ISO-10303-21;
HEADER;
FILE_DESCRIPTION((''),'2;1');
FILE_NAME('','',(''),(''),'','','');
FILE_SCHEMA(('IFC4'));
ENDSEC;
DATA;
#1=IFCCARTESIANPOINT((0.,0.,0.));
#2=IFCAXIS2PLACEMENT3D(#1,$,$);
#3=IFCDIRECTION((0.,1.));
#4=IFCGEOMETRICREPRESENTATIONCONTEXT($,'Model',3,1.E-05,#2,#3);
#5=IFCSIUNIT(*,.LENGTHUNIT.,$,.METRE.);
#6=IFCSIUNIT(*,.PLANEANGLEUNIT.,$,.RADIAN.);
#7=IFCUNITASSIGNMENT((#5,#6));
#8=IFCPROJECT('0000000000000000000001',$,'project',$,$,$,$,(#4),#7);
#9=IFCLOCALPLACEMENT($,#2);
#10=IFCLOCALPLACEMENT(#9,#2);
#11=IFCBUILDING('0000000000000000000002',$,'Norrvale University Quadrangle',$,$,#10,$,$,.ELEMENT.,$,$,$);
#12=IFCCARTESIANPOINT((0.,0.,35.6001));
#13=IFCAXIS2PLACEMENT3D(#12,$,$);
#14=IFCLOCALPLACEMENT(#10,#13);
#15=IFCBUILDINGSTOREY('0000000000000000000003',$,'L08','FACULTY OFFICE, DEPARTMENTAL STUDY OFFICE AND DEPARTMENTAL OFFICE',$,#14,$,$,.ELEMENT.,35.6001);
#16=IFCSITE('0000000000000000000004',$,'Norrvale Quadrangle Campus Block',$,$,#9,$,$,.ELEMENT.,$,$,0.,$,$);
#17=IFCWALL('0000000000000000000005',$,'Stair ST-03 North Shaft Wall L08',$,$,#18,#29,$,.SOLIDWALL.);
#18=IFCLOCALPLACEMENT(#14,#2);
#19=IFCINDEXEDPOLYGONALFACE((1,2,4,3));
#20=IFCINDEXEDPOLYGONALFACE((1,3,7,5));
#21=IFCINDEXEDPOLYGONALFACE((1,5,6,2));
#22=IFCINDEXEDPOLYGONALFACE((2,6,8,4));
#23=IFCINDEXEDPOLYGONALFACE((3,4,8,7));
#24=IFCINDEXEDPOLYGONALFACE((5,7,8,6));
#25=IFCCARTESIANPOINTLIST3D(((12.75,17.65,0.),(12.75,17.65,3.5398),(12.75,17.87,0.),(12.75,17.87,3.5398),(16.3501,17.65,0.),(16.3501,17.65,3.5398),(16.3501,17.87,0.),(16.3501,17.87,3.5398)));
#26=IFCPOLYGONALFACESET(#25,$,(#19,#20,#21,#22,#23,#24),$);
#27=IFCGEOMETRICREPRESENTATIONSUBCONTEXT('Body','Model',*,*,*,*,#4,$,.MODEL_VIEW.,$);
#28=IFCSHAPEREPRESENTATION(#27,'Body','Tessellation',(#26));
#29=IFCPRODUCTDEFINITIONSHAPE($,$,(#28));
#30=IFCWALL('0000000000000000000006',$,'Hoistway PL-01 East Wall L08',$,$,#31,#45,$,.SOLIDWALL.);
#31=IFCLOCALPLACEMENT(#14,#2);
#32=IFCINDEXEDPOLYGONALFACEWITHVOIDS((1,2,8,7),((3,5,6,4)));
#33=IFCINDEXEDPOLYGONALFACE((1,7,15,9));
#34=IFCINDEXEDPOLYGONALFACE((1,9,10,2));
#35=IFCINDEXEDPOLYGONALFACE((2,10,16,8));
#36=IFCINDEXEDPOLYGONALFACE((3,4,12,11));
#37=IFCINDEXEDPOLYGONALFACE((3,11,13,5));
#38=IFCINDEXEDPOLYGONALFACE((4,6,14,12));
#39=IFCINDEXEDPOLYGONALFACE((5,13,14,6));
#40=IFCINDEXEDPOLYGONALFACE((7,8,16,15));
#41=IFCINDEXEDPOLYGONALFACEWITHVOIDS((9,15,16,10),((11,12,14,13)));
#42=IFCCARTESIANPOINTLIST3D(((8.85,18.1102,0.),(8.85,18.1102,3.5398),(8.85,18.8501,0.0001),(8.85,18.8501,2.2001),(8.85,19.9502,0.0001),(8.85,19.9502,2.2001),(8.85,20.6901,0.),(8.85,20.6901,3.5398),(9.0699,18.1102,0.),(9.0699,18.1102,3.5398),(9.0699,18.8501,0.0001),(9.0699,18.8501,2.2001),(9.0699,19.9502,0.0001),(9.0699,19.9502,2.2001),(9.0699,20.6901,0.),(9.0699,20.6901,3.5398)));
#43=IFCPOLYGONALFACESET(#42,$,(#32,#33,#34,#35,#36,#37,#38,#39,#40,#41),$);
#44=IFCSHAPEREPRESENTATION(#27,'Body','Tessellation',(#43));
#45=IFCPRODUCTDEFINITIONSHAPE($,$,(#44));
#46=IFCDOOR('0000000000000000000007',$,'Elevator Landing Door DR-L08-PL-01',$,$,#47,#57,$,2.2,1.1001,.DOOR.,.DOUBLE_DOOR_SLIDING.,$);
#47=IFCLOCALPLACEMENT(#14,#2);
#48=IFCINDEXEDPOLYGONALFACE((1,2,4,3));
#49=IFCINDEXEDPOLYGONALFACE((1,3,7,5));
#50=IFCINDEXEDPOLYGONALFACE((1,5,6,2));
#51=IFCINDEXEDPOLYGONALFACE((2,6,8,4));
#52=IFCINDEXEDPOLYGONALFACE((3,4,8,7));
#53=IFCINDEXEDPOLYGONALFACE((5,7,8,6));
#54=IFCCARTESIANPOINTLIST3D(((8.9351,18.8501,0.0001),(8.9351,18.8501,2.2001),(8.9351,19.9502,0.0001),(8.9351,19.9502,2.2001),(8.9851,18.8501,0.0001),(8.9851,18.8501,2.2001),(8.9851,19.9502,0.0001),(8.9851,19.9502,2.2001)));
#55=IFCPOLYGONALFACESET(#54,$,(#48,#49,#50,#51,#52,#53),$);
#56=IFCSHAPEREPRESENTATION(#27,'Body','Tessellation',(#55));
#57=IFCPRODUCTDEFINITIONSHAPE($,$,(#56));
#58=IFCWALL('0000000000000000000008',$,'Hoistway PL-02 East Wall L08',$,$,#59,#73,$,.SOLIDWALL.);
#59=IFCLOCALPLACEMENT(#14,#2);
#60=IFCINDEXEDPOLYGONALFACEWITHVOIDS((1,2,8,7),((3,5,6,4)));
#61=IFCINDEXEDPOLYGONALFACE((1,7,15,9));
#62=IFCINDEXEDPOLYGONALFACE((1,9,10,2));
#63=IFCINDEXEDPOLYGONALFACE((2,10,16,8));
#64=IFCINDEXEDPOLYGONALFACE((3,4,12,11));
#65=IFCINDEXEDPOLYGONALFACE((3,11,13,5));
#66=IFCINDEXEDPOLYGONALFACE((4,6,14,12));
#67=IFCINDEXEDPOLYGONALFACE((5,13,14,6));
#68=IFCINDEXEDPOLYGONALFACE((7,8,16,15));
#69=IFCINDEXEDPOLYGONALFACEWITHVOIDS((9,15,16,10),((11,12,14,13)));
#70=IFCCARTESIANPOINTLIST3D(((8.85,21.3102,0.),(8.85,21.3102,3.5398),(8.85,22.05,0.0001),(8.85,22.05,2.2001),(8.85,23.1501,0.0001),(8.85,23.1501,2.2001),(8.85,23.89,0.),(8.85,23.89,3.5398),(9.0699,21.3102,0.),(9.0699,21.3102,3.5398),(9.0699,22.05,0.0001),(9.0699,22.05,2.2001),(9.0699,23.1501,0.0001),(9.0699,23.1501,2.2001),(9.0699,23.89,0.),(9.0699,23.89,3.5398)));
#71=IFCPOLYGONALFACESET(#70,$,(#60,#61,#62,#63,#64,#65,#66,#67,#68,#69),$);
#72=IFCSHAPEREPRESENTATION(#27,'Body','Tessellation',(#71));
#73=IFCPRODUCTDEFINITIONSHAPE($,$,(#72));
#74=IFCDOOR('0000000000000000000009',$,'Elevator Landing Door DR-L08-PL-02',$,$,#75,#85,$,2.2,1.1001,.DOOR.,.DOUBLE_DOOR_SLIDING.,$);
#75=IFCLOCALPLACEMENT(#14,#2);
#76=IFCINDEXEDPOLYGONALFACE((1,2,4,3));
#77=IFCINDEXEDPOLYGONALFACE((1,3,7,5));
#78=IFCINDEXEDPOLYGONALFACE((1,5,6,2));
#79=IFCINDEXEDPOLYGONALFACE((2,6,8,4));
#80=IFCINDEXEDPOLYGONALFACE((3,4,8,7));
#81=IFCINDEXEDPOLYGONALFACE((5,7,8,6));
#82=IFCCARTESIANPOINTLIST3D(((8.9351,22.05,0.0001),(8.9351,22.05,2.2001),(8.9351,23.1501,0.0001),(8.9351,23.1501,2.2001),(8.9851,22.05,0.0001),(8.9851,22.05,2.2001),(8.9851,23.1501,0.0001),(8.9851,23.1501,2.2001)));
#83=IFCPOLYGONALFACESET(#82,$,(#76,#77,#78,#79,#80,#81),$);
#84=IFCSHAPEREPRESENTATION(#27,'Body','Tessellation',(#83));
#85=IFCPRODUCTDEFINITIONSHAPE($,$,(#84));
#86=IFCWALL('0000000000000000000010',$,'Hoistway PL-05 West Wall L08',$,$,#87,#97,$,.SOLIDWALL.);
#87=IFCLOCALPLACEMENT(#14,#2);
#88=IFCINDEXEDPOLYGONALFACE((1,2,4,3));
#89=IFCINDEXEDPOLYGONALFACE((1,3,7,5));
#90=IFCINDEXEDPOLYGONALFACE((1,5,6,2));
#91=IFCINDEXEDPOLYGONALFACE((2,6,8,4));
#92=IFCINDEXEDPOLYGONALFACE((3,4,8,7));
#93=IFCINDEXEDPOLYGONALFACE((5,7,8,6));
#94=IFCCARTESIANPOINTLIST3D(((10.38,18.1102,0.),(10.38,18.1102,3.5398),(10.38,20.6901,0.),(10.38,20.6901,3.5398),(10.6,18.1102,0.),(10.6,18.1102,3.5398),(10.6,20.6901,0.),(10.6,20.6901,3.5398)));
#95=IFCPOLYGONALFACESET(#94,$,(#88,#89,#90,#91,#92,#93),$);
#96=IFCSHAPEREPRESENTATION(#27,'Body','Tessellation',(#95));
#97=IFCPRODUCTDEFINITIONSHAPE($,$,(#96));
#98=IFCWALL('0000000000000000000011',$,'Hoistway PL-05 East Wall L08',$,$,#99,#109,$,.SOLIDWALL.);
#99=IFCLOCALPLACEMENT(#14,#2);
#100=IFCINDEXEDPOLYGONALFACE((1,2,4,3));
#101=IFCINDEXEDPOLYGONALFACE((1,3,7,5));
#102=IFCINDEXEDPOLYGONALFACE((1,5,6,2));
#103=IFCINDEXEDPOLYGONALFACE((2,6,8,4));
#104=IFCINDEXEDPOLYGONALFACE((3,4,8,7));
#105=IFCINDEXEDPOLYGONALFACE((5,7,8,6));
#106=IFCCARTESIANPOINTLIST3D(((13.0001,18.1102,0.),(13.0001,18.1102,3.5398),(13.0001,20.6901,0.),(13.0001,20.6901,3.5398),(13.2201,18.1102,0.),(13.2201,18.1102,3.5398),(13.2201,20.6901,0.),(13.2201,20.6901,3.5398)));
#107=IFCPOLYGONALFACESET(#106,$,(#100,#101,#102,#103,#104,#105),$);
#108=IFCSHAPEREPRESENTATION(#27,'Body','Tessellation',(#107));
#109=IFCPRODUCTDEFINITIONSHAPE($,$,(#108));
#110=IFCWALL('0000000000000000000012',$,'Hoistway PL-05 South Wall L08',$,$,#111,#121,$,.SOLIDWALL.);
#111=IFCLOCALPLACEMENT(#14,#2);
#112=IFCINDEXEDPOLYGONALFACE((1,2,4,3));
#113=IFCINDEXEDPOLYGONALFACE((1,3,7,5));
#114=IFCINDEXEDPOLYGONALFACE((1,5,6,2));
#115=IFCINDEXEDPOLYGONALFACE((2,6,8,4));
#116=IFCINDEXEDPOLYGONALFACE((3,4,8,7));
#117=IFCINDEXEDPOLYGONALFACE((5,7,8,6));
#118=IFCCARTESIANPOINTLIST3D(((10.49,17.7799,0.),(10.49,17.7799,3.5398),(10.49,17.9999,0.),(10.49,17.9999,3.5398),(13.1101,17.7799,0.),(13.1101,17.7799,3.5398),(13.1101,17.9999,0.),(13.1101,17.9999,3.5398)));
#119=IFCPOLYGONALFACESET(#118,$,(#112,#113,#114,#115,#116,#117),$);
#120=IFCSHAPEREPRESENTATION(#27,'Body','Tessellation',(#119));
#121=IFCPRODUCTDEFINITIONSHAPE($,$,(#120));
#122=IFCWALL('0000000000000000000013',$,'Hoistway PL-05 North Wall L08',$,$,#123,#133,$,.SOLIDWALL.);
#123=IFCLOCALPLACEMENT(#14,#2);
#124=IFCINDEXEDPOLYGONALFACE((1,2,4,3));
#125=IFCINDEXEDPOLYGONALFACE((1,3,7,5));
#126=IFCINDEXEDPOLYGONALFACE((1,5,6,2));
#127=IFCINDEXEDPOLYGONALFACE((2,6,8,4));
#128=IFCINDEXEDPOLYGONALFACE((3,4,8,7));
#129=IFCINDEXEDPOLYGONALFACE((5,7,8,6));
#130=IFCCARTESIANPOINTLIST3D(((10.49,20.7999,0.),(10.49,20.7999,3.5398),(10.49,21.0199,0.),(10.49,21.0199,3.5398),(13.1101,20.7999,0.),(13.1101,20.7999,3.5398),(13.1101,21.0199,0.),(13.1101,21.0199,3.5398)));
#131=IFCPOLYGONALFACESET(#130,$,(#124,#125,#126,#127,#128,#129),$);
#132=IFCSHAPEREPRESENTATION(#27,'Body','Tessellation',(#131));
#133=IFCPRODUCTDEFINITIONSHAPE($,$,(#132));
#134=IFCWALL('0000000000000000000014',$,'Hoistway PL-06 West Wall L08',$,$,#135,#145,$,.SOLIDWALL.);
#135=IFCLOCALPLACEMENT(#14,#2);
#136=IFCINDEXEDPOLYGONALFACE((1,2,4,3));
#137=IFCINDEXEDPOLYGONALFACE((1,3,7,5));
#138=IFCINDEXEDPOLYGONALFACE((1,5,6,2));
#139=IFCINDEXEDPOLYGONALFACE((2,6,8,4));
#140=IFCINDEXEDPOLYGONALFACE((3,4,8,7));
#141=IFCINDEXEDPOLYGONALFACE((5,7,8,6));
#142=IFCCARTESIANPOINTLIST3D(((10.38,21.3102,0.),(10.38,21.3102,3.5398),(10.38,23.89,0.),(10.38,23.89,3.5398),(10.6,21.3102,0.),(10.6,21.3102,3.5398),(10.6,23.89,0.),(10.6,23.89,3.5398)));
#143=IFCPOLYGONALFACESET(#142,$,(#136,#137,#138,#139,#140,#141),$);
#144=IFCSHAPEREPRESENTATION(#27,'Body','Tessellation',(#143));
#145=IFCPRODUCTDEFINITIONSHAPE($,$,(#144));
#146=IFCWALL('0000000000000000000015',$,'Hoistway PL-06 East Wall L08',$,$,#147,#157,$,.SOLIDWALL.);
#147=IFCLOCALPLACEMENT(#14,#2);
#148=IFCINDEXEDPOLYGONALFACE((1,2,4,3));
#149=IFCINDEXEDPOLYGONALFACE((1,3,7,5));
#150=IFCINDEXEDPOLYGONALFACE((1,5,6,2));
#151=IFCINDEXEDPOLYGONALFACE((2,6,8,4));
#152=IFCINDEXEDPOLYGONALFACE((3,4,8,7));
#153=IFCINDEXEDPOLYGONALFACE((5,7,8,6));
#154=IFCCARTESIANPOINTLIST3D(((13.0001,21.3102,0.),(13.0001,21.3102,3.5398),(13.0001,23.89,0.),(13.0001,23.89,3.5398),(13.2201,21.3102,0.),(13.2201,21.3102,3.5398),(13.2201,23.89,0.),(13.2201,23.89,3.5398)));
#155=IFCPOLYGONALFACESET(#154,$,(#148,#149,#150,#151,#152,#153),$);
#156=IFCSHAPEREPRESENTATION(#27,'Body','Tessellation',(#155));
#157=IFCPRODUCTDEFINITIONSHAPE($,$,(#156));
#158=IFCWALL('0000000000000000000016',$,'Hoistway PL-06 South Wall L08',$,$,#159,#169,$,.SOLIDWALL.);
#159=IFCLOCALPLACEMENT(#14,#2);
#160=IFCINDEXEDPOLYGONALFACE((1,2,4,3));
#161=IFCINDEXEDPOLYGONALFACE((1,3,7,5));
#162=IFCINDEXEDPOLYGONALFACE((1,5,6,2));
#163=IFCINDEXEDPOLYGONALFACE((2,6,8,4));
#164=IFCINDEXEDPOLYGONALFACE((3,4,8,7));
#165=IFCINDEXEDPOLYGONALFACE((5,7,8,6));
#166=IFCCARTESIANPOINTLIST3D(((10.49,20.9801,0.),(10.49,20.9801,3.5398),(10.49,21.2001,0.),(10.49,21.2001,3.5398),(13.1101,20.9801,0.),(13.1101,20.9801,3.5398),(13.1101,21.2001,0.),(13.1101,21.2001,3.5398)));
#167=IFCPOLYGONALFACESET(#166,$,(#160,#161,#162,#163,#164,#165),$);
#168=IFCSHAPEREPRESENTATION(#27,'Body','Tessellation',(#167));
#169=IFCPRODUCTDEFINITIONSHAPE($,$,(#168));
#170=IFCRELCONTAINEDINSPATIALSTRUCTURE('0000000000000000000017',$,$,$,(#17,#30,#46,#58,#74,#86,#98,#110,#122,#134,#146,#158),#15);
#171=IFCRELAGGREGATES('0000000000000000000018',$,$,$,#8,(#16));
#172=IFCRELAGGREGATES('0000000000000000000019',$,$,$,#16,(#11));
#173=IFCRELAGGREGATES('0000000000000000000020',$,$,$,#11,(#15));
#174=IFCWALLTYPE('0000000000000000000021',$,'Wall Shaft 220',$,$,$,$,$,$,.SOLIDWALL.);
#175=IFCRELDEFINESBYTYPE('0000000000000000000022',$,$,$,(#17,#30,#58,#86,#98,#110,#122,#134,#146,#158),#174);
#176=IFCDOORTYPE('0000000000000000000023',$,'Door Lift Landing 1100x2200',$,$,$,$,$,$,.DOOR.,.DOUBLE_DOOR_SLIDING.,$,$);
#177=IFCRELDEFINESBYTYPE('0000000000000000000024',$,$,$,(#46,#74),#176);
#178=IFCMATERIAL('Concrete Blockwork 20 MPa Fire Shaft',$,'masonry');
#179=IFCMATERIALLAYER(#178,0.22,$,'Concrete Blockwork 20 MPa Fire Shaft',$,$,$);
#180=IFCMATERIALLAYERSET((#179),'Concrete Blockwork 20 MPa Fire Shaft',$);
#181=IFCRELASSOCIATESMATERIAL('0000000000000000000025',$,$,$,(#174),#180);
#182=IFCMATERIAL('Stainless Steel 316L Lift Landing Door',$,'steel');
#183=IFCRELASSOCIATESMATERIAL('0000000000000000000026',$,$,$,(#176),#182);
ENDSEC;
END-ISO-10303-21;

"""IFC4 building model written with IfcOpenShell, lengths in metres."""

from ifc_helpers import new_model, si_unit, direction, frame, frame_2d, origin, place, context, subcontext, project, spatial, rectangle, extrude, material, layer, layer_set, type_object, element, fill, save


model = new_model("IFC4")

# Units and contexts
model_context = context("Model", 3, precision=1e-05, world=origin(), true_north=direction((0.0, 1.0)))
body_context = subcontext(model_context, "Body", "Model", "MODEL_VIEW")
ifc_project = project(units=[si_unit("LENGTHUNIT", "METRE"), si_unit("PLANEANGLEUNIT", "RADIAN")], contexts=[model_context])

# Site, building, storey
site_placement = place(None, origin())
site = spatial("IfcSite", under=ifc_project, at=site_placement, Name="Norrvale Quadrangle Campus Block", CompositionType="ELEMENT", RefElevation=0.0)
building_placement = place(site_placement, origin())
building = spatial("IfcBuilding", under=site, at=building_placement, Name="Norrvale University Quadrangle", CompositionType="ELEMENT")
storey_placement = place(building_placement, frame((0.0, 0.0, 35.6001)))
storey = spatial("IfcBuildingStorey", under=building, at=storey_placement, Name="L08", Description="FACULTY OFFICE, DEPARTMENTAL STUDY OFFICE AND DEPARTMENTAL OFFICE", CompositionType="ELEMENT", Elevation=35.6001)

# Wall
ifc_material_1 = material(Name="Concrete Blockwork 20 MPa Fire Shaft", Category="masonry")
ifc_layer_1 = layer(ifc_material_1, 0.22, Name="Concrete Blockwork 20 MPa Fire Shaft")
ifc_layer_set_1 = layer_set([ifc_layer_1], Name="Concrete Blockwork 20 MPa Fire Shaft")
wall_type_1 = type_object("IfcWallType", Name="Wall Shaft 220", PredefinedType="SOLIDWALL", material=ifc_layer_set_1)
wall_1_placement = place(storey_placement, frame((12.75, 17.76, 0.0), z_axis=(0.0, 0.0, 1.0), x_axis=(1.0, 0.0, 0.0)))
element("IfcWall", 1, at=wall_1_placement, inside=storey, type_object=wall_type_1, Name="Stair ST-03 North Shaft Wall L08", PredefinedType="SOLIDWALL", context=body_context, shape_type="SweptSolid", body=[
    extrude(rectangle(XDim=3.6001, YDim=0.22, at=frame_2d((1.8, 0.0))), origin(), (0.0, 0.0, 1.0), 3.5398),
])

# Walls, openings, doors
wall_2_placement = place(storey_placement, frame((8.96, 18.1101, 0.0), z_axis=(0.0, 0.0, 1.0), x_axis=(0.0, 1.0, 0.0)))
wall_2 = element("IfcWall", 2, at=wall_2_placement, inside=storey, type_object=wall_type_1, Name="Hoistway PL-01 East Wall L08", PredefinedType="SOLIDWALL", context=body_context, shape_type="SweptSolid", body=[
    extrude(rectangle(XDim=2.5798, YDim=0.22, at=frame_2d((1.29, 0.0))), origin(), (0.0, 0.0, 1.0), 3.5398),
])
opening_1_placement = place(wall_2_placement, frame((0.74, 0.0, 0.0)))
opening_1 = element("IfcOpeningElement", 3, at=opening_1_placement, cuts=wall_2, PredefinedType="OPENING", context=body_context, shape_type="SweptSolid", body=[
    extrude(rectangle(XDim=1.1001, YDim=2.2, at=frame_2d((0.55, 1.1001))), frame((0.0, 0.1221, 0.0), z_axis=(0.0, -1.0, 0.0), x_axis=(1.0, 0.0, 0.0)), (0.0, 0.0, 1.0), 0.2439),
])
ifc_material_2 = material(Name="Stainless Steel 316L Lift Landing Door", Category="steel")
door_type_1 = type_object("IfcDoorType", Name="Door Lift Landing 1100x2200", OperationType="DOUBLE_DOOR_SLIDING", PredefinedType="DOOR", material=ifc_material_2)
door_1_placement = place(opening_1_placement, origin())
door_1 = element("IfcDoor", 4, at=door_1_placement, inside=storey, type_object=door_type_1, Name="Elevator Landing Door DR-L08-PL-01", OperationType="DOUBLE_DOOR_SLIDING", OverallHeight=2.2, OverallWidth=1.1001, PredefinedType="DOOR", context=body_context, shape_type="SweptSolid", body=[
    extrude(rectangle(XDim=1.1001, YDim=2.2, at=frame_2d((0.55, 1.1001))), frame((0.0, 0.0249, 0.0), z_axis=(0.0, -1.0, 0.0), x_axis=(1.0, 0.0, 0.0)), (0.0, 0.0, 1.0), 0.05),
])
fill(opening_1, door_1)
wall_3_placement = place(storey_placement, frame((8.96, 21.3101, 0.0), z_axis=(0.0, 0.0, 1.0), x_axis=(0.0, 1.0, 0.0)))
wall_3 = element("IfcWall", 5, at=wall_3_placement, inside=storey, type_object=wall_type_1, Name="Hoistway PL-02 East Wall L08", PredefinedType="SOLIDWALL", context=body_context, shape_type="SweptSolid", body=[
    extrude(rectangle(XDim=2.5798, YDim=0.22, at=frame_2d((1.29, 0.0))), origin(), (0.0, 0.0, 1.0), 3.5398),
])
opening_2_placement = place(wall_3_placement, frame((0.74, 0.0, 0.0)))
opening_2 = element("IfcOpeningElement", 6, at=opening_2_placement, cuts=wall_3, PredefinedType="OPENING", context=body_context, shape_type="SweptSolid", body=[
    extrude(rectangle(XDim=1.1001, YDim=2.2, at=frame_2d((0.55, 1.1001))), frame((0.0, 0.1221, 0.0), z_axis=(0.0, -1.0, 0.0), x_axis=(1.0, 0.0, 0.0)), (0.0, 0.0, 1.0), 0.2439),
])
door_2_placement = place(opening_2_placement, origin())
door_2 = element("IfcDoor", 7, at=door_2_placement, inside=storey, type_object=door_type_1, Name="Elevator Landing Door DR-L08-PL-02", OperationType="DOUBLE_DOOR_SLIDING", OverallHeight=2.2, OverallWidth=1.1001, PredefinedType="DOOR", context=body_context, shape_type="SweptSolid", body=[
    extrude(rectangle(XDim=1.1001, YDim=2.2, at=frame_2d((0.55, 1.1001))), frame((0.0, 0.0249, 0.0), z_axis=(0.0, -1.0, 0.0), x_axis=(1.0, 0.0, 0.0)), (0.0, 0.0, 1.0), 0.05),
])
fill(opening_2, door_2)

# Walls
for number, where, z_axis, x_axis, name in (
    (8, (10.49, 18.1101, 0.0), (0.0, 0.0, 1.0), (0.0, 1.0, 0.0), "Hoistway PL-05 West Wall L08"),
    (9, (13.1101, 18.1101, 0.0), (0.0, 0.0, 1.0), (0.0, 1.0, 0.0), "Hoistway PL-05 East Wall L08"),
):
    element("IfcWall", number, at=place(storey_placement, frame(where, z_axis=z_axis, x_axis=x_axis)), inside=storey, type_object=wall_type_1, Name=name, PredefinedType="SOLIDWALL", context=body_context, shape_type="SweptSolid", body=[
        extrude(rectangle(XDim=2.5798, YDim=0.22, at=frame_2d((1.29, 0.0))), origin(), (0.0, 0.0, 1.0), 3.5398),
    ])
for number, where, z_axis, x_axis, name in (
    (10, (10.49, 17.8899, 0.0), (0.0, 0.0, 1.0), (1.0, 0.0, 0.0), "Hoistway PL-05 South Wall L08"),
    (11, (10.49, 20.9099, 0.0), (0.0, 0.0, 1.0), (1.0, 0.0, 0.0), "Hoistway PL-05 North Wall L08"),
):
    element("IfcWall", number, at=place(storey_placement, frame(where, z_axis=z_axis, x_axis=x_axis)), inside=storey, type_object=wall_type_1, Name=name, PredefinedType="SOLIDWALL", context=body_context, shape_type="SweptSolid", body=[
        extrude(rectangle(XDim=2.6201, YDim=0.22, at=frame_2d((1.3101, 0.0))), origin(), (0.0, 0.0, 1.0), 3.5398),
    ])
for number, where, z_axis, x_axis, name in (
    (12, (10.49, 21.3101, 0.0), (0.0, 0.0, 1.0), (0.0, 1.0, 0.0), "Hoistway PL-06 West Wall L08"),
    (13, (13.1101, 21.3101, 0.0), (0.0, 0.0, 1.0), (0.0, 1.0, 0.0), "Hoistway PL-06 East Wall L08"),
):
    element("IfcWall", number, at=place(storey_placement, frame(where, z_axis=z_axis, x_axis=x_axis)), inside=storey, type_object=wall_type_1, Name=name, PredefinedType="SOLIDWALL", context=body_context, shape_type="SweptSolid", body=[
        extrude(rectangle(XDim=2.5798, YDim=0.22, at=frame_2d((1.29, 0.0))), origin(), (0.0, 0.0, 1.0), 3.5398),
    ])
wall_4_placement = place(storey_placement, frame((10.49, 21.0901, 0.0), z_axis=(0.0, 0.0, 1.0), x_axis=(1.0, 0.0, 0.0)))
element("IfcWall", 14, at=wall_4_placement, inside=storey, type_object=wall_type_1, Name="Hoistway PL-06 South Wall L08", PredefinedType="SOLIDWALL", context=body_context, shape_type="SweptSolid", body=[
    extrude(rectangle(XDim=2.6201, YDim=0.22, at=frame_2d((1.3101, 0.0))), origin(), (0.0, 0.0, 1.0), 3.5398),
])

save(model, "model.ifc")
